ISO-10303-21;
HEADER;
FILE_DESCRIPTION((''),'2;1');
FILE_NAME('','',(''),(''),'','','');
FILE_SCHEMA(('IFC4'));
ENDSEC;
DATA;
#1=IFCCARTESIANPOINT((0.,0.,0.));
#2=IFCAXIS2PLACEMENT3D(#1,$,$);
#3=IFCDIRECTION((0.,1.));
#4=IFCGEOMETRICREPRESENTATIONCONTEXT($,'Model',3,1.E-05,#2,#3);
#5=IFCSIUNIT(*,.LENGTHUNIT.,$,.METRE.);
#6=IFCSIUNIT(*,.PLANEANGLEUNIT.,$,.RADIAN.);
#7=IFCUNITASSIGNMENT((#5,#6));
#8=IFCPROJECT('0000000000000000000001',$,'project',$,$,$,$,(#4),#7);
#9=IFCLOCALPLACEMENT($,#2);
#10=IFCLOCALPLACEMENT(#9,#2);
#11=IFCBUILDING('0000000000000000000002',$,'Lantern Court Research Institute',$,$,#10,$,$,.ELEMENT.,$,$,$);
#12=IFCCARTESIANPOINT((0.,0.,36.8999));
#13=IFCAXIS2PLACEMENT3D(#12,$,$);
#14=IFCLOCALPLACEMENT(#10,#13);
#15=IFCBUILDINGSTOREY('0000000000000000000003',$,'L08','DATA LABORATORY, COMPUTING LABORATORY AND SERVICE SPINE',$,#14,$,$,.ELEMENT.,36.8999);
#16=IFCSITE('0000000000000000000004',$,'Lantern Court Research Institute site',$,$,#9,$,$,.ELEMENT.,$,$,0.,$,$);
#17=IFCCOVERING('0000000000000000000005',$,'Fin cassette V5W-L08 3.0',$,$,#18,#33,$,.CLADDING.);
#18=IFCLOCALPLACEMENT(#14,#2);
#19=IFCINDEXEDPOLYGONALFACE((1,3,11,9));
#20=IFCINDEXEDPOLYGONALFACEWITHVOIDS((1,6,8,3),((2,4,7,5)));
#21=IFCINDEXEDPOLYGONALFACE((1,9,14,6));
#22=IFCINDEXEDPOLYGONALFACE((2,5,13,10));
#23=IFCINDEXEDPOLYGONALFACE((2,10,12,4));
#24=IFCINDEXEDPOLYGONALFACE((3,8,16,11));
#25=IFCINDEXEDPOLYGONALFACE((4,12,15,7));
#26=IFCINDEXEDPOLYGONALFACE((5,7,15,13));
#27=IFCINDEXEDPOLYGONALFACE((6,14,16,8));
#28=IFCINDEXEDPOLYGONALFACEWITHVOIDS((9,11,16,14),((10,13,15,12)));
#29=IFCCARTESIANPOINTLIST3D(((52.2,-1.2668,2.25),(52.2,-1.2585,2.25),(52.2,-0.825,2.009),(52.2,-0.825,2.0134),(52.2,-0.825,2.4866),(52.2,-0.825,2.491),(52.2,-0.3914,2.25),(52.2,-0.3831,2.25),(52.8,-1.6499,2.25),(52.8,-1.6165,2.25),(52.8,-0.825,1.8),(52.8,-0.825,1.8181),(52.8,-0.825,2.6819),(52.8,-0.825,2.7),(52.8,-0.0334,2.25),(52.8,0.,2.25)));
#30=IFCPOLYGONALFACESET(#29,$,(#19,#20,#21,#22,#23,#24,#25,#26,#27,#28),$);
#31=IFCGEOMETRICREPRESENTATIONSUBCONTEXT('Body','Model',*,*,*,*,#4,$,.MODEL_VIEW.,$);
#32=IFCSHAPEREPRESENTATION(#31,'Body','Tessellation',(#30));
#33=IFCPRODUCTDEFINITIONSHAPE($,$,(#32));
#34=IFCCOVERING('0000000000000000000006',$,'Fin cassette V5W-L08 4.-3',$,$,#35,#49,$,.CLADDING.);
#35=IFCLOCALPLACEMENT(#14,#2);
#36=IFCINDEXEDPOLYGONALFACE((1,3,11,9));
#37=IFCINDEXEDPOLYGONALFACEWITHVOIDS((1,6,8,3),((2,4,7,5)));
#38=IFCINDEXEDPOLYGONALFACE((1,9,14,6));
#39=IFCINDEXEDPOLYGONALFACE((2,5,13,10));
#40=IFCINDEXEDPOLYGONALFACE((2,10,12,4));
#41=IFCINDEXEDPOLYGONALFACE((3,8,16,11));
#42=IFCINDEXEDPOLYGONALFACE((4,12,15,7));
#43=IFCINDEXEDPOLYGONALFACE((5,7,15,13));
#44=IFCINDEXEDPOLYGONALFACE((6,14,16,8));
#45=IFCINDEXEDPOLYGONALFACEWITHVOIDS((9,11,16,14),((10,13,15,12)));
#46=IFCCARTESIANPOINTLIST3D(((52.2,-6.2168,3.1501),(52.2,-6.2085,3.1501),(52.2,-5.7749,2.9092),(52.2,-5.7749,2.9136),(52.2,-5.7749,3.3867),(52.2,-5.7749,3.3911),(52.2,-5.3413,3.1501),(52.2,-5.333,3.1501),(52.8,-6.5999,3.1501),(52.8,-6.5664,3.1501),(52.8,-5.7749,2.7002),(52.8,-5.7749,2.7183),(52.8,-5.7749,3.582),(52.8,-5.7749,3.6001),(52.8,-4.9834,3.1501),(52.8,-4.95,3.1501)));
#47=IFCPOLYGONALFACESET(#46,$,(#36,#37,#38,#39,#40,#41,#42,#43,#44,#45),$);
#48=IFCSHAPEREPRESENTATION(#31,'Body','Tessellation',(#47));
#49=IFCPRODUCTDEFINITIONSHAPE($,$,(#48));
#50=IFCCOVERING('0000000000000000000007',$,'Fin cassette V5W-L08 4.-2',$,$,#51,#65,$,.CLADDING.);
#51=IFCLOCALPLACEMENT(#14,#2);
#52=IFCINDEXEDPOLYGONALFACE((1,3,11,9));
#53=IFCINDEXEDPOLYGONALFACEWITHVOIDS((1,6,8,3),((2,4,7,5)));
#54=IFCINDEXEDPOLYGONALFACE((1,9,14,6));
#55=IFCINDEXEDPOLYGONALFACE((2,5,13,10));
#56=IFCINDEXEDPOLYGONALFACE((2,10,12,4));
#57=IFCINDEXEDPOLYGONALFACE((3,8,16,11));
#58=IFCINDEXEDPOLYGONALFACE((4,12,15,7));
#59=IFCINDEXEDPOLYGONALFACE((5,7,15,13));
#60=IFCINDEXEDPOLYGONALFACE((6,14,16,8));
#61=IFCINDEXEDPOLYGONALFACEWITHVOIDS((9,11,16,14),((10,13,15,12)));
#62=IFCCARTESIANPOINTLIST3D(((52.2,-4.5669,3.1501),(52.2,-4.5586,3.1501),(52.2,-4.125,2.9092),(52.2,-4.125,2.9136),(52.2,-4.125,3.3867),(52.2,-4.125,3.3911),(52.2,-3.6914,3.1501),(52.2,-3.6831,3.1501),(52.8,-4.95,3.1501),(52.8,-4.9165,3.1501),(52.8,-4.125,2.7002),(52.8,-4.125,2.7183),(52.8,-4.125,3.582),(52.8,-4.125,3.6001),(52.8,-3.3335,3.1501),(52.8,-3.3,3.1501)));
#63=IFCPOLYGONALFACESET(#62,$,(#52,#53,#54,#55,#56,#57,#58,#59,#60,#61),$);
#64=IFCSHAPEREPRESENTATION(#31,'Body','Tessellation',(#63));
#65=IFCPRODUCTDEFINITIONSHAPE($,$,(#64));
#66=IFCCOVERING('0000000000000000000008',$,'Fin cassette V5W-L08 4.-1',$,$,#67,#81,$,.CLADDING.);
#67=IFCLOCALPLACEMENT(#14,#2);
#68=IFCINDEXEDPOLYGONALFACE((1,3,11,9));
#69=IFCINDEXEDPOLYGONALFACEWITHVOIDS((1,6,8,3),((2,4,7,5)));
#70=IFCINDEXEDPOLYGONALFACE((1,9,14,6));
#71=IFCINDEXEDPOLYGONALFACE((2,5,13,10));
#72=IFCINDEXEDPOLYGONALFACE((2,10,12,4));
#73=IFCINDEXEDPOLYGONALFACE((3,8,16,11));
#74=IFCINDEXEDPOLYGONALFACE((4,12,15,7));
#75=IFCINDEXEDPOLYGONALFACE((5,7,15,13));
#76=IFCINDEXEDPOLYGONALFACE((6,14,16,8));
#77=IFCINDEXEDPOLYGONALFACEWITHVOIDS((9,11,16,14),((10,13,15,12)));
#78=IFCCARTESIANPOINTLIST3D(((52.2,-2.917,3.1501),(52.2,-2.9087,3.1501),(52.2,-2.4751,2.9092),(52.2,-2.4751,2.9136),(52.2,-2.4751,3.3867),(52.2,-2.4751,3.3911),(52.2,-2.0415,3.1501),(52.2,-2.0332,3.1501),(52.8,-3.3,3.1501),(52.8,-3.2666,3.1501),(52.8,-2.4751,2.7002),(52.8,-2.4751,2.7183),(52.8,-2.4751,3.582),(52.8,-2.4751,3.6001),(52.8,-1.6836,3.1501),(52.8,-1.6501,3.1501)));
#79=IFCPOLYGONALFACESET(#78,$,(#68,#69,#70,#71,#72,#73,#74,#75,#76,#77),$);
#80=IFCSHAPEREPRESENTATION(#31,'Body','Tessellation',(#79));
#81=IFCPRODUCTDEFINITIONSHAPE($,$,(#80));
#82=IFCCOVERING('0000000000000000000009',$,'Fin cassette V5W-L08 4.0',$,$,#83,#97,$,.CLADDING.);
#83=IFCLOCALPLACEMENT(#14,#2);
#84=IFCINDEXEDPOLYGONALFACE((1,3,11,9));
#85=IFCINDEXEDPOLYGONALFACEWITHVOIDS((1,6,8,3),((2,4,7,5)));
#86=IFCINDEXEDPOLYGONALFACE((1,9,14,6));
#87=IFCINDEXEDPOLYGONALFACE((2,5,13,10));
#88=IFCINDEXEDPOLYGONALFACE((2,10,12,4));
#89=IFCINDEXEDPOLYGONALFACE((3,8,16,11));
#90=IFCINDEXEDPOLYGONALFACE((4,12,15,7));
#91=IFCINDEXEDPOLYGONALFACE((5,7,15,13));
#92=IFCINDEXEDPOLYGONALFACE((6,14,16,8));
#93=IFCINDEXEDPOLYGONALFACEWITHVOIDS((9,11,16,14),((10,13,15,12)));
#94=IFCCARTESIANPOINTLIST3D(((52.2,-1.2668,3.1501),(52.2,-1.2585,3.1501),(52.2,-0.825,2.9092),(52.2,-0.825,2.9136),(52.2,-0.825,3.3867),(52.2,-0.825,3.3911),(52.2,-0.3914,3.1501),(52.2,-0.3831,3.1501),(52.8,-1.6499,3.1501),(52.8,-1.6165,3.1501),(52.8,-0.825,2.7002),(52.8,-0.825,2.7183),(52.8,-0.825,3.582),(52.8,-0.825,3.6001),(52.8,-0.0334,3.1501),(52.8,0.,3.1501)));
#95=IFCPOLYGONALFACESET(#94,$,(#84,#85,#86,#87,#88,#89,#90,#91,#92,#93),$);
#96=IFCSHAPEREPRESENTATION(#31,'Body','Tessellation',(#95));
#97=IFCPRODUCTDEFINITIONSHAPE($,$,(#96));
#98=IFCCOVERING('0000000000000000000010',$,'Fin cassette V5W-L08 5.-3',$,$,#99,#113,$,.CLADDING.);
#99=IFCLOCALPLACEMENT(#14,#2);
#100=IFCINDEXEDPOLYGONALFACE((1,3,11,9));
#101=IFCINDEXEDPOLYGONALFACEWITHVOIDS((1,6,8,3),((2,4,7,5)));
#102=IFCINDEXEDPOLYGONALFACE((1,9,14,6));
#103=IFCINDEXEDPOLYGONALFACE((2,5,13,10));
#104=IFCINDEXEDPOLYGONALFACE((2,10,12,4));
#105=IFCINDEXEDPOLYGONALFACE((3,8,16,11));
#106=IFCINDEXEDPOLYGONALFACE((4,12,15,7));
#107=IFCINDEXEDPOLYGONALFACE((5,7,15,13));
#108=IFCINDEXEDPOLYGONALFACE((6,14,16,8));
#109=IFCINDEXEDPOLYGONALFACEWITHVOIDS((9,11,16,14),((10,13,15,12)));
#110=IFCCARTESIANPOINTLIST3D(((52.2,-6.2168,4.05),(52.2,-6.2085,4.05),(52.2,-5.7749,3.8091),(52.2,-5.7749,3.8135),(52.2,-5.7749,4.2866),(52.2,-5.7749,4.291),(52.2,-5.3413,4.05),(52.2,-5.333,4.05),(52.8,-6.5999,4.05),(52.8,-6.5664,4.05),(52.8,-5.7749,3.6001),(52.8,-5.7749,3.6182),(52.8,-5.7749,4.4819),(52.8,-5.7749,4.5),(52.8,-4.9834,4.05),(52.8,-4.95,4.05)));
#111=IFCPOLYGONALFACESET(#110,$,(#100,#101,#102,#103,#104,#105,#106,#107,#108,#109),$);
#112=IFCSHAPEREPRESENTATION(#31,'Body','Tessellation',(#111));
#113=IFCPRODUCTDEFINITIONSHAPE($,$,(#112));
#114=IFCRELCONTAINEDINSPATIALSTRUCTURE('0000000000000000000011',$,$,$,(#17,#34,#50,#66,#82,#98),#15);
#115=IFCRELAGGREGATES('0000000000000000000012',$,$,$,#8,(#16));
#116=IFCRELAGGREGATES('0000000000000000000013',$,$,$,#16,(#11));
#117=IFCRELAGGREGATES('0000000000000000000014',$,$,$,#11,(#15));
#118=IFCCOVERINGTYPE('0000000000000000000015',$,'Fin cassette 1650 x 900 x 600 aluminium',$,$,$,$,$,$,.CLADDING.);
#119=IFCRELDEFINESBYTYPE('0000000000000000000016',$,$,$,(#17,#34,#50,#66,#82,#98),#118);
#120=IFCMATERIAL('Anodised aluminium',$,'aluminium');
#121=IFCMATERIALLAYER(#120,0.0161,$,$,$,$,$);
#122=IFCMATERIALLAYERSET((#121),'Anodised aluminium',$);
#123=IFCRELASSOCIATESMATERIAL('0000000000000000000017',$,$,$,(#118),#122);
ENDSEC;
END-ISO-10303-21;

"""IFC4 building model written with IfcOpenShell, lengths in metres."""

from ifc_helpers import new_model, entity, si_unit, direction, frame, origin, place, context, subcontext, project, spatial, material, layer, layer_set, type_object, element, save


model = new_model("IFC4")

# Units and contexts
model_context = context("Model", 3, precision=1e-05, world=origin(), true_north=direction((0.0, 1.0)))
body_context = subcontext(model_context, "Body", "Model", "MODEL_VIEW")
ifc_project = project(units=[si_unit("LENGTHUNIT", "METRE"), si_unit("PLANEANGLEUNIT", "RADIAN")], contexts=[model_context])

# Site, building, storey
site_placement = place(None, origin())
site = spatial("IfcSite", under=ifc_project, at=site_placement, Name="Lantern Court Research Institute site", CompositionType="ELEMENT", RefElevation=0.0)
building_placement = place(site_placement, origin())
building = spatial("IfcBuilding", under=site, at=building_placement, Name="Lantern Court Research Institute", CompositionType="ELEMENT")
storey_placement = place(building_placement, frame((0.0, 0.0, 36.8999)))
storey = spatial("IfcBuildingStorey", under=building, at=storey_placement, Name="L08", Description="DATA LABORATORY, COMPUTING LABORATORY AND SERVICE SPINE", CompositionType="ELEMENT", Elevation=36.8999)

# Coverings
ifc_material = material(Name="Anodised aluminium", Category="aluminium")
ifc_layer = layer(ifc_material, 0.0161)
ifc_layer_set = layer_set([ifc_layer], Name="Anodised aluminium")
covering_type = type_object("IfcCoveringType", Name="Fin cassette 1650 x 900 x 600 aluminium", PredefinedType="CLADDING", material=ifc_layer_set)
covering_1_placement = place(storey_placement, frame((52.8, -0.825, 2.25), z_axis=(-1.0, 0.0, 0.0), x_axis=(0.0, -1.0, 0.0)))
cartesian_point_1 = entity("IfcCartesianPoint", [0.825, 0.0])
cartesian_point_2 = entity("IfcCartesianPoint", [0.7915, 0.0])
cartesian_point_3 = entity("IfcCartesianPoint", [0.4419, 0.0])
cartesian_point_4 = entity("IfcCartesianPoint", [0.4336, 0.0])
element("IfcCovering", 1, at=covering_1_placement, inside=storey, type_object=covering_type, Name="Fin cassette V5W-L08 3.0", PredefinedType="CLADDING", context=body_context, shape_type="SweptSolid", body=[
    entity("IfcExtrudedAreaSolidTapered", entity("IfcArbitraryProfileDefWithVoids", "AREA", None, entity("IfcPolyline", [cartesian_point_1, entity("IfcCartesianPoint", [0.0, 0.45]), entity("IfcCartesianPoint", [-0.825, 0.0]), entity("IfcCartesianPoint", [0.0, -0.45]), cartesian_point_1]), [entity("IfcPolyline", [cartesian_point_2, entity("IfcCartesianPoint", [0.0, 0.4319]), entity("IfcCartesianPoint", [-0.7915, 0.0]), entity("IfcCartesianPoint", [0.0, -0.4319]), cartesian_point_2])]), entity("IfcAxis2Placement3D", entity("IfcCartesianPoint", [0.0, 0.0, 0.0])), entity("IfcDirection", [0.0, 0.0, 1.0]), 0.6001, entity("IfcArbitraryProfileDefWithVoids", "AREA", None, entity("IfcPolyline", [cartesian_point_3, entity("IfcCartesianPoint", [0.0, 0.241]), entity("IfcCartesianPoint", [-0.4419, 0.0]), entity("IfcCartesianPoint", [0.0, -0.241]), cartesian_point_3]), [entity("IfcPolyline", [cartesian_point_4, entity("IfcCartesianPoint", [0.0, 0.2366]), entity("IfcCartesianPoint", [-0.4336, 0.0]), entity("IfcCartesianPoint", [0.0, -0.2366]), cartesian_point_4])])),
])
covering_2_placement = place(storey_placement, frame((52.8, -5.7749, 3.1501), z_axis=(-1.0, 0.0, 0.0), x_axis=(0.0, -1.0, 0.0)))
cartesian_point_5 = entity("IfcCartesianPoint", [0.825, 0.0])
cartesian_point_6 = entity("IfcCartesianPoint", [0.7915, 0.0])
cartesian_point_7 = entity("IfcCartesianPoint", [0.4419, 0.0])
cartesian_point_8 = entity("IfcCartesianPoint", [0.4336, 0.0])
element("IfcCovering", 2, at=covering_2_placement, inside=storey, type_object=covering_type, Name="Fin cassette V5W-L08 4.-3", PredefinedType="CLADDING", context=body_context, shape_type="SweptSolid", body=[
    entity("IfcExtrudedAreaSolidTapered", entity("IfcArbitraryProfileDefWithVoids", "AREA", None, entity("IfcPolyline", [cartesian_point_5, entity("IfcCartesianPoint", [0.0, 0.45]), entity("IfcCartesianPoint", [-0.825, 0.0]), entity("IfcCartesianPoint", [0.0, -0.45]), cartesian_point_5]), [entity("IfcPolyline", [cartesian_point_6, entity("IfcCartesianPoint", [0.0, 0.4319]), entity("IfcCartesianPoint", [-0.7915, 0.0]), entity("IfcCartesianPoint", [0.0, -0.4319]), cartesian_point_6])]), entity("IfcAxis2Placement3D", entity("IfcCartesianPoint", [0.0, 0.0, 0.0])), entity("IfcDirection", [0.0, 0.0, 1.0]), 0.6001, entity("IfcArbitraryProfileDefWithVoids", "AREA", None, entity("IfcPolyline", [cartesian_point_7, entity("IfcCartesianPoint", [0.0, 0.241]), entity("IfcCartesianPoint", [-0.4419, 0.0]), entity("IfcCartesianPoint", [0.0, -0.241]), cartesian_point_7]), [entity("IfcPolyline", [cartesian_point_8, entity("IfcCartesianPoint", [0.0, 0.2366]), entity("IfcCartesianPoint", [-0.4336, 0.0]), entity("IfcCartesianPoint", [0.0, -0.2366]), cartesian_point_8])])),
])
covering_3_placement = place(storey_placement, frame((52.8, -4.125, 3.1501), z_axis=(-1.0, 0.0, 0.0), x_axis=(0.0, -1.0, 0.0)))
cartesian_point_9 = entity("IfcCartesianPoint", [0.825, 0.0])
cartesian_point_10 = entity("IfcCartesianPoint", [0.7915, 0.0])
cartesian_point_11 = entity("IfcCartesianPoint", [0.4419, 0.0])
cartesian_point_12 = entity("IfcCartesianPoint", [0.4336, 0.0])
element("IfcCovering", 3, at=covering_3_placement, inside=storey, type_object=covering_type, Name="Fin cassette V5W-L08 4.-2", PredefinedType="CLADDING", context=body_context, shape_type="SweptSolid", body=[
    entity("IfcExtrudedAreaSolidTapered", entity("IfcArbitraryProfileDefWithVoids", "AREA", None, entity("IfcPolyline", [cartesian_point_9, entity("IfcCartesianPoint", [0.0, 0.45]), entity("IfcCartesianPoint", [-0.825, 0.0]), entity("IfcCartesianPoint", [0.0, -0.45]), cartesian_point_9]), [entity("IfcPolyline", [cartesian_point_10, entity("IfcCartesianPoint", [0.0, 0.4319]), entity("IfcCartesianPoint", [-0.7915, 0.0]), entity("IfcCartesianPoint", [0.0, -0.4319]), cartesian_point_10])]), entity("IfcAxis2Placement3D", entity("IfcCartesianPoint", [0.0, 0.0, 0.0])), entity("IfcDirection", [0.0, 0.0, 1.0]), 0.6001, entity("IfcArbitraryProfileDefWithVoids", "AREA", None, entity("IfcPolyline", [cartesian_point_11, entity("IfcCartesianPoint", [0.0, 0.241]), entity("IfcCartesianPoint", [-0.4419, 0.0]), entity("IfcCartesianPoint", [0.0, -0.241]), cartesian_point_11]), [entity("IfcPolyline", [cartesian_point_12, entity("IfcCartesianPoint", [0.0, 0.2366]), entity("IfcCartesianPoint", [-0.4336, 0.0]), entity("IfcCartesianPoint", [0.0, -0.2366]), cartesian_point_12])])),
])
covering_4_placement = place(storey_placement, frame((52.8, -2.4751, 3.1501), z_axis=(-1.0, 0.0, 0.0), x_axis=(0.0, -1.0, 0.0)))
cartesian_point_13 = entity("IfcCartesianPoint", [0.825, 0.0])
cartesian_point_14 = entity("IfcCartesianPoint", [0.7915, 0.0])
cartesian_point_15 = entity("IfcCartesianPoint", [0.4419, 0.0])
cartesian_point_16 = entity("IfcCartesianPoint", [0.4336, 0.0])
element("IfcCovering", 4, at=covering_4_placement, inside=storey, type_object=covering_type, Name="Fin cassette V5W-L08 4.-1", PredefinedType="CLADDING", context=body_context, shape_type="SweptSolid", body=[
    entity("IfcExtrudedAreaSolidTapered", entity("IfcArbitraryProfileDefWithVoids", "AREA", None, entity("IfcPolyline", [cartesian_point_13, entity("IfcCartesianPoint", [0.0, 0.45]), entity("IfcCartesianPoint", [-0.825, 0.0]), entity("IfcCartesianPoint", [0.0, -0.45]), cartesian_point_13]), [entity("IfcPolyline", [cartesian_point_14, entity("IfcCartesianPoint", [0.0, 0.4319]), entity("IfcCartesianPoint", [-0.7915, 0.0]), entity("IfcCartesianPoint", [0.0, -0.4319]), cartesian_point_14])]), entity("IfcAxis2Placement3D", entity("IfcCartesianPoint", [0.0, 0.0, 0.0])), entity("IfcDirection", [0.0, 0.0, 1.0]), 0.6001, entity("IfcArbitraryProfileDefWithVoids", "AREA", None, entity("IfcPolyline", [cartesian_point_15, entity("IfcCartesianPoint", [0.0, 0.241]), entity("IfcCartesianPoint", [-0.4419, 0.0]), entity("IfcCartesianPoint", [0.0, -0.241]), cartesian_point_15]), [entity("IfcPolyline", [cartesian_point_16, entity("IfcCartesianPoint", [0.0, 0.2366]), entity("IfcCartesianPoint", [-0.4336, 0.0]), entity("IfcCartesianPoint", [0.0, -0.2366]), cartesian_point_16])])),
])
covering_5_placement = place(storey_placement, frame((52.8, -0.825, 3.1501), z_axis=(-1.0, 0.0, 0.0), x_axis=(0.0, -1.0, 0.0)))
cartesian_point_17 = entity("IfcCartesianPoint", [0.825, 0.0])
cartesian_point_18 = entity("IfcCartesianPoint", [0.7915, 0.0])
cartesian_point_19 = entity("IfcCartesianPoint", [0.4419, 0.0])
cartesian_point_20 = entity("IfcCartesianPoint", [0.4336, 0.0])
element("IfcCovering", 5, at=covering_5_placement, inside=storey, type_object=covering_type, Name="Fin cassette V5W-L08 4.0", PredefinedType="CLADDING", context=body_context, shape_type="SweptSolid", body=[
    entity("IfcExtrudedAreaSolidTapered", entity("IfcArbitraryProfileDefWithVoids", "AREA", None, entity("IfcPolyline", [cartesian_point_17, entity("IfcCartesianPoint", [0.0, 0.45]), entity("IfcCartesianPoint", [-0.825, 0.0]), entity("IfcCartesianPoint", [0.0, -0.45]), cartesian_point_17]), [entity("IfcPolyline", [cartesian_point_18, entity("IfcCartesianPoint", [0.0, 0.4319]), entity("IfcCartesianPoint", [-0.7915, 0.0]), entity("IfcCartesianPoint", [0.0, -0.4319]), cartesian_point_18])]), entity("IfcAxis2Placement3D", entity("IfcCartesianPoint", [0.0, 0.0, 0.0])), entity("IfcDirection", [0.0, 0.0, 1.0]), 0.6001, entity("IfcArbitraryProfileDefWithVoids", "AREA", None, entity("IfcPolyline", [cartesian_point_19, entity("IfcCartesianPoint", [0.0, 0.241]), entity("IfcCartesianPoint", [-0.4419, 0.0]), entity("IfcCartesianPoint", [0.0, -0.241]), cartesian_point_19]), [entity("IfcPolyline", [cartesian_point_20, entity("IfcCartesianPoint", [0.0, 0.2366]), entity("IfcCartesianPoint", [-0.4336, 0.0]), entity("IfcCartesianPoint", [0.0, -0.2366]), cartesian_point_20])])),
])
covering_6_placement = place(storey_placement, frame((52.8, -5.7749, 4.05), z_axis=(-1.0, 0.0, 0.0), x_axis=(0.0, -1.0, 0.0)))
cartesian_point_21 = entity("IfcCartesianPoint", [0.825, 0.0])
cartesian_point_22 = entity("IfcCartesianPoint", [0.7915, 0.0])
cartesian_point_23 = entity("IfcCartesianPoint", [0.4419, 0.0])
cartesian_point_24 = entity("IfcCartesianPoint", [0.4336, 0.0])
element("IfcCovering", 6, at=covering_6_placement, inside=storey, type_object=covering_type, Name="Fin cassette V5W-L08 5.-3", PredefinedType="CLADDING", context=body_context, shape_type="SweptSolid", body=[
    entity("IfcExtrudedAreaSolidTapered", entity("IfcArbitraryProfileDefWithVoids", "AREA", None, entity("IfcPolyline", [cartesian_point_21, entity("IfcCartesianPoint", [0.0, 0.45]), entity("IfcCartesianPoint", [-0.825, 0.0]), entity("IfcCartesianPoint", [0.0, -0.45]), cartesian_point_21]), [entity("IfcPolyline", [cartesian_point_22, entity("IfcCartesianPoint", [0.0, 0.4319]), entity("IfcCartesianPoint", [-0.7915, 0.0]), entity("IfcCartesianPoint", [0.0, -0.4319]), cartesian_point_22])]), entity("IfcAxis2Placement3D", entity("IfcCartesianPoint", [0.0, 0.0, 0.0])), entity("IfcDirection", [0.0, 0.0, 1.0]), 0.6001, entity("IfcArbitraryProfileDefWithVoids", "AREA", None, entity("IfcPolyline", [cartesian_point_23, entity("IfcCartesianPoint", [0.0, 0.241]), entity("IfcCartesianPoint", [-0.4419, 0.0]), entity("IfcCartesianPoint", [0.0, -0.241]), cartesian_point_23]), [entity("IfcPolyline", [cartesian_point_24, entity("IfcCartesianPoint", [0.0, 0.2366]), entity("IfcCartesianPoint", [-0.4336, 0.0]), entity("IfcCartesianPoint", [0.0, -0.2366]), cartesian_point_24])])),
])

save(model, "model.ifc")
